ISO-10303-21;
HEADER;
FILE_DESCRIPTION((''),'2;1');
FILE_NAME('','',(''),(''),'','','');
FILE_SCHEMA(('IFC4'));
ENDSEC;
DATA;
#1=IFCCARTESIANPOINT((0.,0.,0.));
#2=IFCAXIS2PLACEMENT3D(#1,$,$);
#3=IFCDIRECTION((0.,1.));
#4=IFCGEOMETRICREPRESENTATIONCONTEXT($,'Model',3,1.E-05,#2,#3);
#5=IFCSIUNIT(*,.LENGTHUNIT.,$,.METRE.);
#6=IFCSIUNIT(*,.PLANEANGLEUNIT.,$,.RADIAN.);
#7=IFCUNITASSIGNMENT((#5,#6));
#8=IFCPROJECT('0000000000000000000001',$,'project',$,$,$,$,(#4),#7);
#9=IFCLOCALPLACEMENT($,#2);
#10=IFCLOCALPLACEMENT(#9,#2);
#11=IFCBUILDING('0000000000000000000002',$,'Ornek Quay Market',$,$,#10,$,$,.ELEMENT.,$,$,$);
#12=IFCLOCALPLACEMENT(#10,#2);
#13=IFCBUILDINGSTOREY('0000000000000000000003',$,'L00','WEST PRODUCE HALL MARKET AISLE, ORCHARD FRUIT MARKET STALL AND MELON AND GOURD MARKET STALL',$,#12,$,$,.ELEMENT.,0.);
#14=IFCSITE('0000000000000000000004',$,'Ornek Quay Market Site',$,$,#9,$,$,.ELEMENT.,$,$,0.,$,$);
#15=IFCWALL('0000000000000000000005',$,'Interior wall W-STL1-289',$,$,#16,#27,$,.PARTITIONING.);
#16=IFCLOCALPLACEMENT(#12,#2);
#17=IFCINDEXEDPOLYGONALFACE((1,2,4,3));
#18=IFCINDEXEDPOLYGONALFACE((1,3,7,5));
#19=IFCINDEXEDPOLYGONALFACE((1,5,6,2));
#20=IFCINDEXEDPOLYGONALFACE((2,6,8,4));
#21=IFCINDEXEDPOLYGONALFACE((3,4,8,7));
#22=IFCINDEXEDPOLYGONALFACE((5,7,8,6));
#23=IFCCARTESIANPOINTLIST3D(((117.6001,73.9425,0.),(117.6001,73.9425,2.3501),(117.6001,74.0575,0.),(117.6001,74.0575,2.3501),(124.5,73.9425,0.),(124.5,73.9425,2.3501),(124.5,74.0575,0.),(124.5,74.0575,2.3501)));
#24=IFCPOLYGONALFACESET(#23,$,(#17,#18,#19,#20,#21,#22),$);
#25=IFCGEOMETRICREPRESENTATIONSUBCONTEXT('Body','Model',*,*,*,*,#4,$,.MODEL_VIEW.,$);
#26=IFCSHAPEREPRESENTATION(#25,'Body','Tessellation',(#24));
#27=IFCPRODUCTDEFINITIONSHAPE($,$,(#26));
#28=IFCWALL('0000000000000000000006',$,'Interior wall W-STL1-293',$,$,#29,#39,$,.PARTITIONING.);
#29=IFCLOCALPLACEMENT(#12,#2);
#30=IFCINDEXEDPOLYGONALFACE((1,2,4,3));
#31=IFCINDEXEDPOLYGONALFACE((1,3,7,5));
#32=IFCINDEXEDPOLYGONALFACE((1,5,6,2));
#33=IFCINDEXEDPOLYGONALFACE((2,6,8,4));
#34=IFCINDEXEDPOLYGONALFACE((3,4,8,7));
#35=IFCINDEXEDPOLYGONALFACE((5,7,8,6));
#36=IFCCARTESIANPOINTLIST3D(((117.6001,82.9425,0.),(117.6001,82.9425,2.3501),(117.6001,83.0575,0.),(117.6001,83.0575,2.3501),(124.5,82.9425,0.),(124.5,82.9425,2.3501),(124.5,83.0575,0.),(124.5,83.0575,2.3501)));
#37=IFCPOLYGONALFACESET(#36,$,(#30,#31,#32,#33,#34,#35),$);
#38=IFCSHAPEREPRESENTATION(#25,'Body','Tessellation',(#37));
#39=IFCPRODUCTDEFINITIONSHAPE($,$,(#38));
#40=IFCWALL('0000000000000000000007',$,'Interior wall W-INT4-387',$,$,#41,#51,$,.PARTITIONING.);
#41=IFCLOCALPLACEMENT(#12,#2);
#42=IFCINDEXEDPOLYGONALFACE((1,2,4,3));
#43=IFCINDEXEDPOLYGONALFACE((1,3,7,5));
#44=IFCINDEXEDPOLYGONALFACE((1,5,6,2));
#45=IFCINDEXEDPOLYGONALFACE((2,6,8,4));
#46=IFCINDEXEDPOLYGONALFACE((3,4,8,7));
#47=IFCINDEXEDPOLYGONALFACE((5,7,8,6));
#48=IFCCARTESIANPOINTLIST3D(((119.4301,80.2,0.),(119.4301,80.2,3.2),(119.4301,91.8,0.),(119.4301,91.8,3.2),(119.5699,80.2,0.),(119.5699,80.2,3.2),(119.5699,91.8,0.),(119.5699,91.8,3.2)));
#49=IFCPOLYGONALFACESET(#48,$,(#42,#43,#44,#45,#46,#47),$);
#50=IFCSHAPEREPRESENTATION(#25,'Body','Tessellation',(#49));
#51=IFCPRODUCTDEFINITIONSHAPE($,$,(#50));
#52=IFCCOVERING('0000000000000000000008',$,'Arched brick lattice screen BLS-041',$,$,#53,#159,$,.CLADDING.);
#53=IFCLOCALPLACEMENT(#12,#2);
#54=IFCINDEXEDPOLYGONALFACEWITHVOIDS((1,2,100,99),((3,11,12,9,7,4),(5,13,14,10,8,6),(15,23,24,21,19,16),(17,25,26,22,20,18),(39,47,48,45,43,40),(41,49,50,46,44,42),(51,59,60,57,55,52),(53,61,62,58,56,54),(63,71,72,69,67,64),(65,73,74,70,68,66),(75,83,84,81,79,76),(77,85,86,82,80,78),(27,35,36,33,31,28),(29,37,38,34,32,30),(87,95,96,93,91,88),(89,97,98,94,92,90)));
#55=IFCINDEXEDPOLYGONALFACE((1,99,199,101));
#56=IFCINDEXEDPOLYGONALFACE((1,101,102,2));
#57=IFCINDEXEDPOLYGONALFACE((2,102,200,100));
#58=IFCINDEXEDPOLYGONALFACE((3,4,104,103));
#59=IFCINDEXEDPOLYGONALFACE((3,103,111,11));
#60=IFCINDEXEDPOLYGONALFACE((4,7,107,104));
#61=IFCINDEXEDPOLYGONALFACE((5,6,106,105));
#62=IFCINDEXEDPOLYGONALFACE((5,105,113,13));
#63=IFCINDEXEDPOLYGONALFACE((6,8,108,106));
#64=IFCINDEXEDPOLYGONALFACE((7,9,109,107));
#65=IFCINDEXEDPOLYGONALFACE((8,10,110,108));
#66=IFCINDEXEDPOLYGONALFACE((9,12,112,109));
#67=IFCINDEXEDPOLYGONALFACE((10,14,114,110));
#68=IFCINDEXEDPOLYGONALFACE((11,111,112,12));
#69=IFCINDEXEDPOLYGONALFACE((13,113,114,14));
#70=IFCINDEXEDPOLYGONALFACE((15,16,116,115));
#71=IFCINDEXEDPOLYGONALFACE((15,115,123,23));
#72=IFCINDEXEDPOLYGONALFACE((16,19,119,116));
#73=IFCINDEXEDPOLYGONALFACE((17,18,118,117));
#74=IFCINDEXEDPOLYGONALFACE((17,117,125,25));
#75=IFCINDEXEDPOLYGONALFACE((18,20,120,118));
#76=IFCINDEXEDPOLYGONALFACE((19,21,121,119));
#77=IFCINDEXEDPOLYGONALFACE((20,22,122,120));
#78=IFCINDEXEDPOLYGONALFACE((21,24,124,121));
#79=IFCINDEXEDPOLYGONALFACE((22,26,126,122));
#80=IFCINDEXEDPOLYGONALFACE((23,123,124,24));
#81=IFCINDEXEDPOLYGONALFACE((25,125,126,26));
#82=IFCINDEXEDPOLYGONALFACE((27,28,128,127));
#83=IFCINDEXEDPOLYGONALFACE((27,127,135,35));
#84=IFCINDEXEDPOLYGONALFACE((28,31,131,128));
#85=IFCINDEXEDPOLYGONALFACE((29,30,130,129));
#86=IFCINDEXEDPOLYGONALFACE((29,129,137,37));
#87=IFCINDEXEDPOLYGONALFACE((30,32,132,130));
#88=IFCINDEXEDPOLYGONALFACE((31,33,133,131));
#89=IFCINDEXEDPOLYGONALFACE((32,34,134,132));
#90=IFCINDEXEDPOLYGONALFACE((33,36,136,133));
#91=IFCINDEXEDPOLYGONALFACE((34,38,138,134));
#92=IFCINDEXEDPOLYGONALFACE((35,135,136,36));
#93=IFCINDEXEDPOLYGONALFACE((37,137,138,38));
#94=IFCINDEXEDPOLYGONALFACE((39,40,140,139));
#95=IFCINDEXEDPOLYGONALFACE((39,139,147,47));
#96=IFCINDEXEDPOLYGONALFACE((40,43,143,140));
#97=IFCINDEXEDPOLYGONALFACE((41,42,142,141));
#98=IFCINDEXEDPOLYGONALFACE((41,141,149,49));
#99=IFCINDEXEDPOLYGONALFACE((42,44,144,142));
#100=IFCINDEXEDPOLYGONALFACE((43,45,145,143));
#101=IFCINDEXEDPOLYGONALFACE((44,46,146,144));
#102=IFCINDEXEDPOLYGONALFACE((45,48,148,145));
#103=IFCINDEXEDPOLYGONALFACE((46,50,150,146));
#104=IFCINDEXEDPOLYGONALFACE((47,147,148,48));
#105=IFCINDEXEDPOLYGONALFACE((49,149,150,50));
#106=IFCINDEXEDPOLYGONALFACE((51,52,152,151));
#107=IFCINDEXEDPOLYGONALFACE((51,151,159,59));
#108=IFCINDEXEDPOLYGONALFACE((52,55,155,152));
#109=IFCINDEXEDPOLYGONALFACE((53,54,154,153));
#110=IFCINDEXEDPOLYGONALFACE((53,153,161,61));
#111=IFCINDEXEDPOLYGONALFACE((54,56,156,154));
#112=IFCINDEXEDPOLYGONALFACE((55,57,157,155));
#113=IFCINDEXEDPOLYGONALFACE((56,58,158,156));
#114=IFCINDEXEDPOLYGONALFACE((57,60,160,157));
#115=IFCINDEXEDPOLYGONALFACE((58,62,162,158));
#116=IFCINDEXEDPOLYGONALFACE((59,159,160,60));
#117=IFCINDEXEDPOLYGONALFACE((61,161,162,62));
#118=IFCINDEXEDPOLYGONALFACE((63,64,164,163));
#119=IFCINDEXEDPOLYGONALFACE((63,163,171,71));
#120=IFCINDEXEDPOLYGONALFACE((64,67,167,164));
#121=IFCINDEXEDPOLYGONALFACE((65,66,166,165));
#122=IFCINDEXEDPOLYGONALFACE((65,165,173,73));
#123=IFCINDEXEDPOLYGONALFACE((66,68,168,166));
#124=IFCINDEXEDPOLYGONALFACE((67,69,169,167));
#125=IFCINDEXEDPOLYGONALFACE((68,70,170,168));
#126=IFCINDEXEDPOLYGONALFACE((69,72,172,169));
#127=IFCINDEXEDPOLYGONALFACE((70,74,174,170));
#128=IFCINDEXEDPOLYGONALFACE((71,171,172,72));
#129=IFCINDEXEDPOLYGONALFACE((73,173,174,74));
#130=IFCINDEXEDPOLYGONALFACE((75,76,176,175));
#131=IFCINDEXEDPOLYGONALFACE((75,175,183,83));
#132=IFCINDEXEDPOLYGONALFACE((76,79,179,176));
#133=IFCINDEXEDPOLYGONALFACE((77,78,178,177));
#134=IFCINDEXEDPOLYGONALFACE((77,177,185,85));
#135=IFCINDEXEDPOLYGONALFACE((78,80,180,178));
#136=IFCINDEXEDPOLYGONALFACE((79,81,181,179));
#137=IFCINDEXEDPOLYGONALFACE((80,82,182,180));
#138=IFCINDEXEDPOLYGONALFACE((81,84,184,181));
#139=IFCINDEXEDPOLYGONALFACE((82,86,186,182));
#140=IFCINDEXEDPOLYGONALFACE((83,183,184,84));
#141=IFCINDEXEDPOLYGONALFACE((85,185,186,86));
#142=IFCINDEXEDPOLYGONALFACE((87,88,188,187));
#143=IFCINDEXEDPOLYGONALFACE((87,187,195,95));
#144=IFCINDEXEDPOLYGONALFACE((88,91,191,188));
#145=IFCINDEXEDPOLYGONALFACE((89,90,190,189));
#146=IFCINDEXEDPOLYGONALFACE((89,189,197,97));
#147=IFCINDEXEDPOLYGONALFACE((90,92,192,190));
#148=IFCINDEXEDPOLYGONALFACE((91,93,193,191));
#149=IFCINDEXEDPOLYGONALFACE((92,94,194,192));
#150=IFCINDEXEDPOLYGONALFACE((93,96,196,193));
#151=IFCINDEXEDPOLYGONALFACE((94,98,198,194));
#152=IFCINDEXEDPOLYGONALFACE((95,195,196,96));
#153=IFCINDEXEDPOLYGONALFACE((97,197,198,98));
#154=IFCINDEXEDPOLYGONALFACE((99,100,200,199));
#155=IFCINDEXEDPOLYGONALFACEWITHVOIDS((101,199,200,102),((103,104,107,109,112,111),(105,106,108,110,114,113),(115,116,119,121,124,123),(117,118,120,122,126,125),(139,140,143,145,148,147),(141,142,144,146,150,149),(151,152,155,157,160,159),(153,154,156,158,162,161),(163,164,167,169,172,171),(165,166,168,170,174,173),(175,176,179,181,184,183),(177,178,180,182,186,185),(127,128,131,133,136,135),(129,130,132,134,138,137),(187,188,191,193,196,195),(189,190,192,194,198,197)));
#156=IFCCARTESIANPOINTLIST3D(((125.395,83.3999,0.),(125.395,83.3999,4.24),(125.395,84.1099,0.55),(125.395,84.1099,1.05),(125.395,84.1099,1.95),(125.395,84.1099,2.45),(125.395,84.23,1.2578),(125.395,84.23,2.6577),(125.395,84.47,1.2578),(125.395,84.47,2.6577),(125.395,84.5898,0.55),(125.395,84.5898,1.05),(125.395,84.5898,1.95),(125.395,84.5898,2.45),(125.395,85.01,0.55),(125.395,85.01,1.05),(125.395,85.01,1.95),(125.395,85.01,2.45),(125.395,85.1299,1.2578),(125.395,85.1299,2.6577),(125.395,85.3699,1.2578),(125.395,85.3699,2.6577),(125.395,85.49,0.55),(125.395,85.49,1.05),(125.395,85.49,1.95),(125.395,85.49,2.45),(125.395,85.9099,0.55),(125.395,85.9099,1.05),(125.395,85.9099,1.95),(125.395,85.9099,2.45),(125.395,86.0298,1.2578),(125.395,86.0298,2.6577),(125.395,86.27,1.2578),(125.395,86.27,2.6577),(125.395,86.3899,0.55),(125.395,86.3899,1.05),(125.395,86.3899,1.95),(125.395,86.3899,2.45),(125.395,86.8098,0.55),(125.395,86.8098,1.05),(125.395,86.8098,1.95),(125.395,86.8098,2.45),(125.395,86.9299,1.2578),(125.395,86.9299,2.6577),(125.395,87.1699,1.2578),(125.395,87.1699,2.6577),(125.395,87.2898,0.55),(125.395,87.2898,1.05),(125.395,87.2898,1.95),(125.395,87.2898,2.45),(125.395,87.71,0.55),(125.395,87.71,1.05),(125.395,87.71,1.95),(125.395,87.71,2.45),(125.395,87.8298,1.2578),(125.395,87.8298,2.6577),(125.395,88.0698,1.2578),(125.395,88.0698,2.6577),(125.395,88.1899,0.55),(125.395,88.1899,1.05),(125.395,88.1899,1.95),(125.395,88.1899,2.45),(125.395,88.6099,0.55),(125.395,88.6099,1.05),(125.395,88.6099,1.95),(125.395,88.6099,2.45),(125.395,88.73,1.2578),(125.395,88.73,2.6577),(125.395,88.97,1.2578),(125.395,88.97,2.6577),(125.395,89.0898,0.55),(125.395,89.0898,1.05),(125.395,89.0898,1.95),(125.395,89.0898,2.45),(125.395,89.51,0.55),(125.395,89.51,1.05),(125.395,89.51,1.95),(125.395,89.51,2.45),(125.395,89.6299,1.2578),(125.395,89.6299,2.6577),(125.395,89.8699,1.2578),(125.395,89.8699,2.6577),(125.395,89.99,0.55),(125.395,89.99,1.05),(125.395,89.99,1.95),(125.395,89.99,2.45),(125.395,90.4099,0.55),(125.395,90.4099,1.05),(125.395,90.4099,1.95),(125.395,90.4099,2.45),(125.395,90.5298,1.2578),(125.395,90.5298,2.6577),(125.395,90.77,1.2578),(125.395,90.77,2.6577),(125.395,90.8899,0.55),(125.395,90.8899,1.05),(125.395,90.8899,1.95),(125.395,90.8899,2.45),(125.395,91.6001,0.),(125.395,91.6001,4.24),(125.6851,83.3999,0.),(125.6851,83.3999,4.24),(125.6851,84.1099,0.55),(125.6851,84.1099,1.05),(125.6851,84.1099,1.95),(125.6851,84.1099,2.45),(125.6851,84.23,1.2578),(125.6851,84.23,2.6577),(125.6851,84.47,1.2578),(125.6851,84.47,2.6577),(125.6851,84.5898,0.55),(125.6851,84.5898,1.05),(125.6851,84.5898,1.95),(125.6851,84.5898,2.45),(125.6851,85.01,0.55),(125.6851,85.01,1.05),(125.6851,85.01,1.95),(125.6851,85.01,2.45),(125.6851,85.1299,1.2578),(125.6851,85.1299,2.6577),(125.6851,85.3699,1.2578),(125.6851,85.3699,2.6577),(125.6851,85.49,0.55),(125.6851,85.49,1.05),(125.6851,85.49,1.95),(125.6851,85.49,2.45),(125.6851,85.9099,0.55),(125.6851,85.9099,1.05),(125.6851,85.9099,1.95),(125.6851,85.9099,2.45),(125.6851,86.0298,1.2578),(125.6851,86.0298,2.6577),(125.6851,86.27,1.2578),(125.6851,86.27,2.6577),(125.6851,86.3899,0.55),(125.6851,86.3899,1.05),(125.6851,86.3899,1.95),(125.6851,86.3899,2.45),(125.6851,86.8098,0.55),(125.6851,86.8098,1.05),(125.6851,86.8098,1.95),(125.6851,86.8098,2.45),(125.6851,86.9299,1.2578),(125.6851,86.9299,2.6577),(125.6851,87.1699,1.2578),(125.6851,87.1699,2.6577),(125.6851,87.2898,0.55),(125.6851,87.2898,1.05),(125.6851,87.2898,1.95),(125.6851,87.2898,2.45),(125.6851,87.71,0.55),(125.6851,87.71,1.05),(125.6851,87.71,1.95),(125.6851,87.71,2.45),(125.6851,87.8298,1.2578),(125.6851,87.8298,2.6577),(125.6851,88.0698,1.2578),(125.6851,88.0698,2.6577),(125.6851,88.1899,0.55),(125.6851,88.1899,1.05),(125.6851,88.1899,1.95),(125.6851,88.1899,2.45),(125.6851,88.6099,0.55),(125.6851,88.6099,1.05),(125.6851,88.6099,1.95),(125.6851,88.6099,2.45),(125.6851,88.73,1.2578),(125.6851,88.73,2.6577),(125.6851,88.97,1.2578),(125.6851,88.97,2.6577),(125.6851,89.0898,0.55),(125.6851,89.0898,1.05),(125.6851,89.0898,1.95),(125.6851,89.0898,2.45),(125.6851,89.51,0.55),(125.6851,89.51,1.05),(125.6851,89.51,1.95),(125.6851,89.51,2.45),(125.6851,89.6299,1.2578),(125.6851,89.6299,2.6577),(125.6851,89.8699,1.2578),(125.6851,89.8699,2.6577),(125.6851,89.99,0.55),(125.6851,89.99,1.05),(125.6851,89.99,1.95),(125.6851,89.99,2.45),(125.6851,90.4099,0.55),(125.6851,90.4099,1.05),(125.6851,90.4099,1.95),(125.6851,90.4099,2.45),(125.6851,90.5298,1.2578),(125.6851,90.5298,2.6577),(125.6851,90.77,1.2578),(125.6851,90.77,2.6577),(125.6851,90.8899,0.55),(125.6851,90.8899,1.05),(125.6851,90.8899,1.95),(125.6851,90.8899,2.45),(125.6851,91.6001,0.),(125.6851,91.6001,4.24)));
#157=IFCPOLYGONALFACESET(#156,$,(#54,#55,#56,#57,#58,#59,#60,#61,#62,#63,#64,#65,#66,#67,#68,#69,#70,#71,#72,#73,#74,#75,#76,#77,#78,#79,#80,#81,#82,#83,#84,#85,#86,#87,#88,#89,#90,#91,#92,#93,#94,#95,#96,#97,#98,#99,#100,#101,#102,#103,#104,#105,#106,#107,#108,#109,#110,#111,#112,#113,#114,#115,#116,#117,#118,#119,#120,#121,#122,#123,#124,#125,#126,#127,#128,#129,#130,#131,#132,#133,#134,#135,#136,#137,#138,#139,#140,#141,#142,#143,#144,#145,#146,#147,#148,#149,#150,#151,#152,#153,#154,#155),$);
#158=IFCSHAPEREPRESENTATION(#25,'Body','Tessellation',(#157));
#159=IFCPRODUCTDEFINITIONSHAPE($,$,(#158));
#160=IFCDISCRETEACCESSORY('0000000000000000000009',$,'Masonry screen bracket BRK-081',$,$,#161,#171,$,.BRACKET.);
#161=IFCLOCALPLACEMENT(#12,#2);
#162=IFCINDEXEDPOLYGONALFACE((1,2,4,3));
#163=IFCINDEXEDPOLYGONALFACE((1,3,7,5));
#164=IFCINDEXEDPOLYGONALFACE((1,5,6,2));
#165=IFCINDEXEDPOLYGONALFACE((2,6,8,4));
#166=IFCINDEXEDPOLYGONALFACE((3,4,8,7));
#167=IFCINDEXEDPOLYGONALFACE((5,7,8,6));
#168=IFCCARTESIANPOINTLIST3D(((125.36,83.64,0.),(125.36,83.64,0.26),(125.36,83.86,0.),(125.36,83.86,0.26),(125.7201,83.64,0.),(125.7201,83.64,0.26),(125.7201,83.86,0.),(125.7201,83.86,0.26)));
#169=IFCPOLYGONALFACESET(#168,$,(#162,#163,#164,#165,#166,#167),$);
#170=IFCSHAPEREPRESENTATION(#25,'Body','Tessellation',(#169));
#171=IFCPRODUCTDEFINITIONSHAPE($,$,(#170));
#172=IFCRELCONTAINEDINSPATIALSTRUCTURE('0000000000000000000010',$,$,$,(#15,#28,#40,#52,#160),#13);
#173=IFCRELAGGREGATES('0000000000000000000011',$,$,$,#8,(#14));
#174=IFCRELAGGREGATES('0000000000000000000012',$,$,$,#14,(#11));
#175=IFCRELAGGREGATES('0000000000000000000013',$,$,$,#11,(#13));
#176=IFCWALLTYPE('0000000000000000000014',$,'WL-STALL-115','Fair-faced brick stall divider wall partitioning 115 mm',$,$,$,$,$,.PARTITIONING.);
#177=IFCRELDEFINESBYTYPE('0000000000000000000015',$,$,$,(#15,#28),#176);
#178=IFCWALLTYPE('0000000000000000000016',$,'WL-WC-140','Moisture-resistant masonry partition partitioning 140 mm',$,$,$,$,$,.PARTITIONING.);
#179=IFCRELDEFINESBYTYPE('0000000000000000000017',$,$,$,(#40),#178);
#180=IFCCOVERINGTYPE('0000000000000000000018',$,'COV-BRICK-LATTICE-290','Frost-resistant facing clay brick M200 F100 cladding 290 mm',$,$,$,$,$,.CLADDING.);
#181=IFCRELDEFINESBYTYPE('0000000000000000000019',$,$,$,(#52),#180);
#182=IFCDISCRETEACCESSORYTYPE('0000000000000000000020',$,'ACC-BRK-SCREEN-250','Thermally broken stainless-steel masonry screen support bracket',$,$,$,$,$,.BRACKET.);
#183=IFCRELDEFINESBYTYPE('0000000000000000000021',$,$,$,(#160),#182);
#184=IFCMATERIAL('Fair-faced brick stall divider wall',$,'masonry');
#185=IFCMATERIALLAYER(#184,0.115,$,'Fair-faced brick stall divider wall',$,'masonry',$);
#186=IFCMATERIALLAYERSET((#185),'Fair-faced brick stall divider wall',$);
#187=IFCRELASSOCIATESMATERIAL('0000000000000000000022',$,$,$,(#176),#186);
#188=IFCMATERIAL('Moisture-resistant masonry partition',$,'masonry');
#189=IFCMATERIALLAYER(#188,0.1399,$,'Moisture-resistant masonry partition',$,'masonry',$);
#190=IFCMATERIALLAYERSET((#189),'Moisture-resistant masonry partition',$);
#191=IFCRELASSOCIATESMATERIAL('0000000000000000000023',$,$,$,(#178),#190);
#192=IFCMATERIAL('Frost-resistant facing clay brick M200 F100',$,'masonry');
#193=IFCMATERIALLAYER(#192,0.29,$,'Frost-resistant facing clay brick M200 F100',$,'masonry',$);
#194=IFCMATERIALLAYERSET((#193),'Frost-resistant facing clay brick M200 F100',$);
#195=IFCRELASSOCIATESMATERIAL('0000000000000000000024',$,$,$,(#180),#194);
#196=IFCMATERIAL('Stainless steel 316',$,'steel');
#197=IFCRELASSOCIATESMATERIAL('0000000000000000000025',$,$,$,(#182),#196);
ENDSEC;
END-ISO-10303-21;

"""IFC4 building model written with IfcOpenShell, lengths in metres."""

from ifc_helpers import new_model, si_unit, direction, frame, frame_2d, origin, origin_2d, place, context, subcontext, project, spatial, polyline, rectangle, outline, extrude, material, layer, layer_set, type_object, element, save


model = new_model("IFC4")

# Units and contexts
model_context = context("Model", 3, precision=1e-05, world=origin(), true_north=direction((0.0, 1.0)))
body_context = subcontext(model_context, "Body", "Model", "MODEL_VIEW")
ifc_project = project(units=[si_unit("LENGTHUNIT", "METRE"), si_unit("PLANEANGLEUNIT", "RADIAN")], contexts=[model_context])

# Site, building, storey
site_placement = place(None, origin())
site = spatial("IfcSite", under=ifc_project, at=site_placement, Name="Ornek Quay Market Site", CompositionType="ELEMENT", RefElevation=0.0)
building_placement = place(site_placement, origin())
building = spatial("IfcBuilding", under=site, at=building_placement, Name="Ornek Quay Market", CompositionType="ELEMENT")
storey_placement = place(building_placement, origin())
storey = spatial("IfcBuildingStorey", under=building, at=storey_placement, Name="L00", Description="WEST PRODUCE HALL MARKET AISLE, ORCHARD FRUIT MARKET STALL AND MELON AND GOURD MARKET STALL", CompositionType="ELEMENT", Elevation=0.0)

# Shared definitions
ifc_material_1 = material(Name="Frost-resistant facing clay brick M200 F100", Category="masonry")

# Walls
ifc_material_2 = material(Name="Fair-faced brick stall divider wall", Category="masonry")
ifc_layer_1 = layer(ifc_material_2, 0.115, Name="Fair-faced brick stall divider wall", Category="masonry")
ifc_layer_set_1 = layer_set([ifc_layer_1], Name="Fair-faced brick stall divider wall")
wall_type_1 = type_object("IfcWallType", Name="WL-STALL-115", Description="Fair-faced brick stall divider wall partitioning 115 mm", PredefinedType="PARTITIONING", material=ifc_layer_set_1)
for number, where, z_axis, x_axis, name in (
    (1, (117.6001, 74.0, 0.0), (0.0, 0.0, 1.0), (1.0, 0.0, 0.0), "Interior wall W-STL1-289"),
    (2, (117.6001, 83.0, 0.0), (0.0, 0.0, 1.0), (1.0, 0.0, 0.0), "Interior wall W-STL1-293"),
):
    element("IfcWall", number, at=place(storey_placement, frame(where, z_axis=z_axis, x_axis=x_axis)), inside=storey, type_object=wall_type_1, Name=name, PredefinedType="PARTITIONING", context=body_context, shape_type="SweptSolid", body=[
        extrude(rectangle(XDim=6.8999, YDim=0.115, at=frame_2d((3.45, 0.0))), origin(), (0.0, 0.0, 1.0), 2.3501),
    ])
ifc_material_3 = material(Name="Moisture-resistant masonry partition", Category="masonry")
ifc_layer_2 = layer(ifc_material_3, 0.1399, Name="Moisture-resistant masonry partition", Category="masonry")
ifc_layer_set_2 = layer_set([ifc_layer_2], Name="Moisture-resistant masonry partition")
wall_type_2 = type_object("IfcWallType", Name="WL-WC-140", Description="Moisture-resistant masonry partition partitioning 140 mm", PredefinedType="PARTITIONING", material=ifc_layer_set_2)
wall_1_placement = place(storey_placement, frame((119.5, 80.2, 0.0), z_axis=(0.0, 0.0, 1.0), x_axis=(0.0, 1.0, 0.0)))
element("IfcWall", 3, at=wall_1_placement, inside=storey, type_object=wall_type_2, Name="Interior wall W-INT4-387", PredefinedType="PARTITIONING", context=body_context, shape_type="SweptSolid", body=[
    extrude(rectangle(XDim=11.6001, YDim=0.1399, at=frame_2d((5.8, 0.0))), origin(), (0.0, 0.0, 1.0), 3.2),
])

# Covering
ifc_layer_3 = layer(ifc_material_1, 0.29, Name="Frost-resistant facing clay brick M200 F100", Category="masonry")
ifc_layer_set_3 = layer_set([ifc_layer_3], Name="Frost-resistant facing clay brick M200 F100")
covering_type = type_object("IfcCoveringType", Name="COV-BRICK-LATTICE-290", Description="Frost-resistant facing clay brick M200 F100 cladding 290 mm", PredefinedType="CLADDING", material=ifc_layer_set_3)
covering_placement = place(storey_placement, frame((125.54, 83.3999, 0.0), z_axis=(0.0, 0.0, 1.0), x_axis=(0.0, 1.0, 0.0)))
element("IfcCovering", 4, at=covering_placement, inside=storey, type_object=covering_type, Name="Arched brick lattice screen BLS-041", PredefinedType="CLADDING", context=body_context, shape_type="SweptSolid", body=[
    extrude(outline(polyline([(0.0, 0.0), (8.2002, 0.0), (8.2002, 4.24), (0.0, 4.24), (0.0, 0.0)]), holes=[polyline([(0.71, 0.55), (1.1899, 0.55), (1.1899, 1.05), (1.0701, 1.2578), (0.8301, 1.2578), (0.71, 1.05), (0.71, 0.55)]), polyline([(0.71, 1.95), (1.1899, 1.95), (1.1899, 2.45), (1.0701, 2.6577), (0.8301, 2.6577), (0.71, 2.45), (0.71, 1.95)]), polyline([(1.6101, 0.55), (2.0901, 0.55), (2.0901, 1.05), (1.97, 1.2578), (1.73, 1.2578), (1.6101, 1.05), (1.6101, 0.55)]), polyline([(1.6101, 1.95), (2.0901, 1.95), (2.0901, 2.45), (1.97, 2.6577), (1.73, 2.6577), (1.6101, 2.45), (1.6101, 1.95)]), polyline([(2.51, 0.55), (2.99, 0.55), (2.99, 1.05), (2.8701, 1.2578), (2.6299, 1.2578), (2.51, 1.05), (2.51, 0.55)]), polyline([(2.51, 1.95), (2.99, 1.95), (2.99, 2.45), (2.8701, 2.6577), (2.6299, 2.6577), (2.51, 2.45), (2.51, 1.95)]), polyline([(3.4099, 0.55), (3.8899, 0.55), (3.8899, 1.05), (3.77, 1.2578), (3.53, 1.2578), (3.4099, 1.05), (3.4099, 0.55)]), polyline([(3.4099, 1.95), (3.8899, 1.95), (3.8899, 2.45), (3.77, 2.6577), (3.53, 2.6577), (3.4099, 2.45), (3.4099, 1.95)]), polyline([(4.3101, 0.55), (4.79, 0.55), (4.79, 1.05), (4.6699, 1.2578), (4.4299, 1.2578), (4.3101, 1.05), (4.3101, 0.55)]), polyline([(4.3101, 1.95), (4.79, 1.95), (4.79, 2.45), (4.6699, 2.6577), (4.4299, 2.6577), (4.3101, 2.45), (4.3101, 1.95)]), polyline([(5.21, 0.55), (5.6899, 0.55), (5.6899, 1.05), (5.5701, 1.2578), (5.3301, 1.2578), (5.21, 1.05), (5.21, 0.55)]), polyline([(5.21, 1.95), (5.6899, 1.95), (5.6899, 2.45), (5.5701, 2.6577), (5.3301, 2.6577), (5.21, 2.45), (5.21, 1.95)]), polyline([(6.1101, 0.55), (6.5901, 0.55), (6.5901, 1.05), (6.47, 1.2578), (6.23, 1.2578), (6.1101, 1.05), (6.1101, 0.55)]), polyline([(6.1101, 1.95), (6.5901, 1.95), (6.5901, 2.45), (6.47, 2.6577), (6.23, 2.6577), (6.1101, 2.45), (6.1101, 1.95)]), polyline([(7.01, 0.55), (7.49, 0.55), (7.49, 1.05), (7.3701, 1.2578), (7.1299, 1.2578), (7.01, 1.05), (7.01, 0.55)]), polyline([(7.01, 1.95), (7.49, 1.95), (7.49, 2.45), (7.3701, 2.6577), (7.1299, 2.6577), (7.01, 2.45), (7.01, 1.95)])]), frame((0.0, 0.145, 0.0), z_axis=(0.0, -1.0, 0.0), x_axis=(1.0, 0.0, 0.0)), (0.0, 0.0, 1.0), 0.29),
])

# Discrete accessory
ifc_material_4 = material(Name="Stainless steel 316", Category="steel")
discrete_accessory_type = type_object("IfcDiscreteAccessoryType", Name="ACC-BRK-SCREEN-250", Description="Thermally broken stainless-steel masonry screen support bracket", PredefinedType="BRACKET", material=ifc_material_4)
discrete_accessory_placement = place(storey_placement, frame((125.54, 83.75, 0.0), z_axis=(0.0, 0.0, 1.0), x_axis=(0.0, 1.0, 0.0)))
element("IfcDiscreteAccessory", 5, at=discrete_accessory_placement, inside=storey, type_object=discrete_accessory_type, Name="Masonry screen bracket BRK-081", PredefinedType="BRACKET", context=body_context, shape_type="SweptSolid", body=[
    extrude(rectangle(XDim=0.22, YDim=0.3601, at=origin_2d()), origin(), (0.0, 0.0, 1.0), 0.26),
])

save(model, "model.ifc")
